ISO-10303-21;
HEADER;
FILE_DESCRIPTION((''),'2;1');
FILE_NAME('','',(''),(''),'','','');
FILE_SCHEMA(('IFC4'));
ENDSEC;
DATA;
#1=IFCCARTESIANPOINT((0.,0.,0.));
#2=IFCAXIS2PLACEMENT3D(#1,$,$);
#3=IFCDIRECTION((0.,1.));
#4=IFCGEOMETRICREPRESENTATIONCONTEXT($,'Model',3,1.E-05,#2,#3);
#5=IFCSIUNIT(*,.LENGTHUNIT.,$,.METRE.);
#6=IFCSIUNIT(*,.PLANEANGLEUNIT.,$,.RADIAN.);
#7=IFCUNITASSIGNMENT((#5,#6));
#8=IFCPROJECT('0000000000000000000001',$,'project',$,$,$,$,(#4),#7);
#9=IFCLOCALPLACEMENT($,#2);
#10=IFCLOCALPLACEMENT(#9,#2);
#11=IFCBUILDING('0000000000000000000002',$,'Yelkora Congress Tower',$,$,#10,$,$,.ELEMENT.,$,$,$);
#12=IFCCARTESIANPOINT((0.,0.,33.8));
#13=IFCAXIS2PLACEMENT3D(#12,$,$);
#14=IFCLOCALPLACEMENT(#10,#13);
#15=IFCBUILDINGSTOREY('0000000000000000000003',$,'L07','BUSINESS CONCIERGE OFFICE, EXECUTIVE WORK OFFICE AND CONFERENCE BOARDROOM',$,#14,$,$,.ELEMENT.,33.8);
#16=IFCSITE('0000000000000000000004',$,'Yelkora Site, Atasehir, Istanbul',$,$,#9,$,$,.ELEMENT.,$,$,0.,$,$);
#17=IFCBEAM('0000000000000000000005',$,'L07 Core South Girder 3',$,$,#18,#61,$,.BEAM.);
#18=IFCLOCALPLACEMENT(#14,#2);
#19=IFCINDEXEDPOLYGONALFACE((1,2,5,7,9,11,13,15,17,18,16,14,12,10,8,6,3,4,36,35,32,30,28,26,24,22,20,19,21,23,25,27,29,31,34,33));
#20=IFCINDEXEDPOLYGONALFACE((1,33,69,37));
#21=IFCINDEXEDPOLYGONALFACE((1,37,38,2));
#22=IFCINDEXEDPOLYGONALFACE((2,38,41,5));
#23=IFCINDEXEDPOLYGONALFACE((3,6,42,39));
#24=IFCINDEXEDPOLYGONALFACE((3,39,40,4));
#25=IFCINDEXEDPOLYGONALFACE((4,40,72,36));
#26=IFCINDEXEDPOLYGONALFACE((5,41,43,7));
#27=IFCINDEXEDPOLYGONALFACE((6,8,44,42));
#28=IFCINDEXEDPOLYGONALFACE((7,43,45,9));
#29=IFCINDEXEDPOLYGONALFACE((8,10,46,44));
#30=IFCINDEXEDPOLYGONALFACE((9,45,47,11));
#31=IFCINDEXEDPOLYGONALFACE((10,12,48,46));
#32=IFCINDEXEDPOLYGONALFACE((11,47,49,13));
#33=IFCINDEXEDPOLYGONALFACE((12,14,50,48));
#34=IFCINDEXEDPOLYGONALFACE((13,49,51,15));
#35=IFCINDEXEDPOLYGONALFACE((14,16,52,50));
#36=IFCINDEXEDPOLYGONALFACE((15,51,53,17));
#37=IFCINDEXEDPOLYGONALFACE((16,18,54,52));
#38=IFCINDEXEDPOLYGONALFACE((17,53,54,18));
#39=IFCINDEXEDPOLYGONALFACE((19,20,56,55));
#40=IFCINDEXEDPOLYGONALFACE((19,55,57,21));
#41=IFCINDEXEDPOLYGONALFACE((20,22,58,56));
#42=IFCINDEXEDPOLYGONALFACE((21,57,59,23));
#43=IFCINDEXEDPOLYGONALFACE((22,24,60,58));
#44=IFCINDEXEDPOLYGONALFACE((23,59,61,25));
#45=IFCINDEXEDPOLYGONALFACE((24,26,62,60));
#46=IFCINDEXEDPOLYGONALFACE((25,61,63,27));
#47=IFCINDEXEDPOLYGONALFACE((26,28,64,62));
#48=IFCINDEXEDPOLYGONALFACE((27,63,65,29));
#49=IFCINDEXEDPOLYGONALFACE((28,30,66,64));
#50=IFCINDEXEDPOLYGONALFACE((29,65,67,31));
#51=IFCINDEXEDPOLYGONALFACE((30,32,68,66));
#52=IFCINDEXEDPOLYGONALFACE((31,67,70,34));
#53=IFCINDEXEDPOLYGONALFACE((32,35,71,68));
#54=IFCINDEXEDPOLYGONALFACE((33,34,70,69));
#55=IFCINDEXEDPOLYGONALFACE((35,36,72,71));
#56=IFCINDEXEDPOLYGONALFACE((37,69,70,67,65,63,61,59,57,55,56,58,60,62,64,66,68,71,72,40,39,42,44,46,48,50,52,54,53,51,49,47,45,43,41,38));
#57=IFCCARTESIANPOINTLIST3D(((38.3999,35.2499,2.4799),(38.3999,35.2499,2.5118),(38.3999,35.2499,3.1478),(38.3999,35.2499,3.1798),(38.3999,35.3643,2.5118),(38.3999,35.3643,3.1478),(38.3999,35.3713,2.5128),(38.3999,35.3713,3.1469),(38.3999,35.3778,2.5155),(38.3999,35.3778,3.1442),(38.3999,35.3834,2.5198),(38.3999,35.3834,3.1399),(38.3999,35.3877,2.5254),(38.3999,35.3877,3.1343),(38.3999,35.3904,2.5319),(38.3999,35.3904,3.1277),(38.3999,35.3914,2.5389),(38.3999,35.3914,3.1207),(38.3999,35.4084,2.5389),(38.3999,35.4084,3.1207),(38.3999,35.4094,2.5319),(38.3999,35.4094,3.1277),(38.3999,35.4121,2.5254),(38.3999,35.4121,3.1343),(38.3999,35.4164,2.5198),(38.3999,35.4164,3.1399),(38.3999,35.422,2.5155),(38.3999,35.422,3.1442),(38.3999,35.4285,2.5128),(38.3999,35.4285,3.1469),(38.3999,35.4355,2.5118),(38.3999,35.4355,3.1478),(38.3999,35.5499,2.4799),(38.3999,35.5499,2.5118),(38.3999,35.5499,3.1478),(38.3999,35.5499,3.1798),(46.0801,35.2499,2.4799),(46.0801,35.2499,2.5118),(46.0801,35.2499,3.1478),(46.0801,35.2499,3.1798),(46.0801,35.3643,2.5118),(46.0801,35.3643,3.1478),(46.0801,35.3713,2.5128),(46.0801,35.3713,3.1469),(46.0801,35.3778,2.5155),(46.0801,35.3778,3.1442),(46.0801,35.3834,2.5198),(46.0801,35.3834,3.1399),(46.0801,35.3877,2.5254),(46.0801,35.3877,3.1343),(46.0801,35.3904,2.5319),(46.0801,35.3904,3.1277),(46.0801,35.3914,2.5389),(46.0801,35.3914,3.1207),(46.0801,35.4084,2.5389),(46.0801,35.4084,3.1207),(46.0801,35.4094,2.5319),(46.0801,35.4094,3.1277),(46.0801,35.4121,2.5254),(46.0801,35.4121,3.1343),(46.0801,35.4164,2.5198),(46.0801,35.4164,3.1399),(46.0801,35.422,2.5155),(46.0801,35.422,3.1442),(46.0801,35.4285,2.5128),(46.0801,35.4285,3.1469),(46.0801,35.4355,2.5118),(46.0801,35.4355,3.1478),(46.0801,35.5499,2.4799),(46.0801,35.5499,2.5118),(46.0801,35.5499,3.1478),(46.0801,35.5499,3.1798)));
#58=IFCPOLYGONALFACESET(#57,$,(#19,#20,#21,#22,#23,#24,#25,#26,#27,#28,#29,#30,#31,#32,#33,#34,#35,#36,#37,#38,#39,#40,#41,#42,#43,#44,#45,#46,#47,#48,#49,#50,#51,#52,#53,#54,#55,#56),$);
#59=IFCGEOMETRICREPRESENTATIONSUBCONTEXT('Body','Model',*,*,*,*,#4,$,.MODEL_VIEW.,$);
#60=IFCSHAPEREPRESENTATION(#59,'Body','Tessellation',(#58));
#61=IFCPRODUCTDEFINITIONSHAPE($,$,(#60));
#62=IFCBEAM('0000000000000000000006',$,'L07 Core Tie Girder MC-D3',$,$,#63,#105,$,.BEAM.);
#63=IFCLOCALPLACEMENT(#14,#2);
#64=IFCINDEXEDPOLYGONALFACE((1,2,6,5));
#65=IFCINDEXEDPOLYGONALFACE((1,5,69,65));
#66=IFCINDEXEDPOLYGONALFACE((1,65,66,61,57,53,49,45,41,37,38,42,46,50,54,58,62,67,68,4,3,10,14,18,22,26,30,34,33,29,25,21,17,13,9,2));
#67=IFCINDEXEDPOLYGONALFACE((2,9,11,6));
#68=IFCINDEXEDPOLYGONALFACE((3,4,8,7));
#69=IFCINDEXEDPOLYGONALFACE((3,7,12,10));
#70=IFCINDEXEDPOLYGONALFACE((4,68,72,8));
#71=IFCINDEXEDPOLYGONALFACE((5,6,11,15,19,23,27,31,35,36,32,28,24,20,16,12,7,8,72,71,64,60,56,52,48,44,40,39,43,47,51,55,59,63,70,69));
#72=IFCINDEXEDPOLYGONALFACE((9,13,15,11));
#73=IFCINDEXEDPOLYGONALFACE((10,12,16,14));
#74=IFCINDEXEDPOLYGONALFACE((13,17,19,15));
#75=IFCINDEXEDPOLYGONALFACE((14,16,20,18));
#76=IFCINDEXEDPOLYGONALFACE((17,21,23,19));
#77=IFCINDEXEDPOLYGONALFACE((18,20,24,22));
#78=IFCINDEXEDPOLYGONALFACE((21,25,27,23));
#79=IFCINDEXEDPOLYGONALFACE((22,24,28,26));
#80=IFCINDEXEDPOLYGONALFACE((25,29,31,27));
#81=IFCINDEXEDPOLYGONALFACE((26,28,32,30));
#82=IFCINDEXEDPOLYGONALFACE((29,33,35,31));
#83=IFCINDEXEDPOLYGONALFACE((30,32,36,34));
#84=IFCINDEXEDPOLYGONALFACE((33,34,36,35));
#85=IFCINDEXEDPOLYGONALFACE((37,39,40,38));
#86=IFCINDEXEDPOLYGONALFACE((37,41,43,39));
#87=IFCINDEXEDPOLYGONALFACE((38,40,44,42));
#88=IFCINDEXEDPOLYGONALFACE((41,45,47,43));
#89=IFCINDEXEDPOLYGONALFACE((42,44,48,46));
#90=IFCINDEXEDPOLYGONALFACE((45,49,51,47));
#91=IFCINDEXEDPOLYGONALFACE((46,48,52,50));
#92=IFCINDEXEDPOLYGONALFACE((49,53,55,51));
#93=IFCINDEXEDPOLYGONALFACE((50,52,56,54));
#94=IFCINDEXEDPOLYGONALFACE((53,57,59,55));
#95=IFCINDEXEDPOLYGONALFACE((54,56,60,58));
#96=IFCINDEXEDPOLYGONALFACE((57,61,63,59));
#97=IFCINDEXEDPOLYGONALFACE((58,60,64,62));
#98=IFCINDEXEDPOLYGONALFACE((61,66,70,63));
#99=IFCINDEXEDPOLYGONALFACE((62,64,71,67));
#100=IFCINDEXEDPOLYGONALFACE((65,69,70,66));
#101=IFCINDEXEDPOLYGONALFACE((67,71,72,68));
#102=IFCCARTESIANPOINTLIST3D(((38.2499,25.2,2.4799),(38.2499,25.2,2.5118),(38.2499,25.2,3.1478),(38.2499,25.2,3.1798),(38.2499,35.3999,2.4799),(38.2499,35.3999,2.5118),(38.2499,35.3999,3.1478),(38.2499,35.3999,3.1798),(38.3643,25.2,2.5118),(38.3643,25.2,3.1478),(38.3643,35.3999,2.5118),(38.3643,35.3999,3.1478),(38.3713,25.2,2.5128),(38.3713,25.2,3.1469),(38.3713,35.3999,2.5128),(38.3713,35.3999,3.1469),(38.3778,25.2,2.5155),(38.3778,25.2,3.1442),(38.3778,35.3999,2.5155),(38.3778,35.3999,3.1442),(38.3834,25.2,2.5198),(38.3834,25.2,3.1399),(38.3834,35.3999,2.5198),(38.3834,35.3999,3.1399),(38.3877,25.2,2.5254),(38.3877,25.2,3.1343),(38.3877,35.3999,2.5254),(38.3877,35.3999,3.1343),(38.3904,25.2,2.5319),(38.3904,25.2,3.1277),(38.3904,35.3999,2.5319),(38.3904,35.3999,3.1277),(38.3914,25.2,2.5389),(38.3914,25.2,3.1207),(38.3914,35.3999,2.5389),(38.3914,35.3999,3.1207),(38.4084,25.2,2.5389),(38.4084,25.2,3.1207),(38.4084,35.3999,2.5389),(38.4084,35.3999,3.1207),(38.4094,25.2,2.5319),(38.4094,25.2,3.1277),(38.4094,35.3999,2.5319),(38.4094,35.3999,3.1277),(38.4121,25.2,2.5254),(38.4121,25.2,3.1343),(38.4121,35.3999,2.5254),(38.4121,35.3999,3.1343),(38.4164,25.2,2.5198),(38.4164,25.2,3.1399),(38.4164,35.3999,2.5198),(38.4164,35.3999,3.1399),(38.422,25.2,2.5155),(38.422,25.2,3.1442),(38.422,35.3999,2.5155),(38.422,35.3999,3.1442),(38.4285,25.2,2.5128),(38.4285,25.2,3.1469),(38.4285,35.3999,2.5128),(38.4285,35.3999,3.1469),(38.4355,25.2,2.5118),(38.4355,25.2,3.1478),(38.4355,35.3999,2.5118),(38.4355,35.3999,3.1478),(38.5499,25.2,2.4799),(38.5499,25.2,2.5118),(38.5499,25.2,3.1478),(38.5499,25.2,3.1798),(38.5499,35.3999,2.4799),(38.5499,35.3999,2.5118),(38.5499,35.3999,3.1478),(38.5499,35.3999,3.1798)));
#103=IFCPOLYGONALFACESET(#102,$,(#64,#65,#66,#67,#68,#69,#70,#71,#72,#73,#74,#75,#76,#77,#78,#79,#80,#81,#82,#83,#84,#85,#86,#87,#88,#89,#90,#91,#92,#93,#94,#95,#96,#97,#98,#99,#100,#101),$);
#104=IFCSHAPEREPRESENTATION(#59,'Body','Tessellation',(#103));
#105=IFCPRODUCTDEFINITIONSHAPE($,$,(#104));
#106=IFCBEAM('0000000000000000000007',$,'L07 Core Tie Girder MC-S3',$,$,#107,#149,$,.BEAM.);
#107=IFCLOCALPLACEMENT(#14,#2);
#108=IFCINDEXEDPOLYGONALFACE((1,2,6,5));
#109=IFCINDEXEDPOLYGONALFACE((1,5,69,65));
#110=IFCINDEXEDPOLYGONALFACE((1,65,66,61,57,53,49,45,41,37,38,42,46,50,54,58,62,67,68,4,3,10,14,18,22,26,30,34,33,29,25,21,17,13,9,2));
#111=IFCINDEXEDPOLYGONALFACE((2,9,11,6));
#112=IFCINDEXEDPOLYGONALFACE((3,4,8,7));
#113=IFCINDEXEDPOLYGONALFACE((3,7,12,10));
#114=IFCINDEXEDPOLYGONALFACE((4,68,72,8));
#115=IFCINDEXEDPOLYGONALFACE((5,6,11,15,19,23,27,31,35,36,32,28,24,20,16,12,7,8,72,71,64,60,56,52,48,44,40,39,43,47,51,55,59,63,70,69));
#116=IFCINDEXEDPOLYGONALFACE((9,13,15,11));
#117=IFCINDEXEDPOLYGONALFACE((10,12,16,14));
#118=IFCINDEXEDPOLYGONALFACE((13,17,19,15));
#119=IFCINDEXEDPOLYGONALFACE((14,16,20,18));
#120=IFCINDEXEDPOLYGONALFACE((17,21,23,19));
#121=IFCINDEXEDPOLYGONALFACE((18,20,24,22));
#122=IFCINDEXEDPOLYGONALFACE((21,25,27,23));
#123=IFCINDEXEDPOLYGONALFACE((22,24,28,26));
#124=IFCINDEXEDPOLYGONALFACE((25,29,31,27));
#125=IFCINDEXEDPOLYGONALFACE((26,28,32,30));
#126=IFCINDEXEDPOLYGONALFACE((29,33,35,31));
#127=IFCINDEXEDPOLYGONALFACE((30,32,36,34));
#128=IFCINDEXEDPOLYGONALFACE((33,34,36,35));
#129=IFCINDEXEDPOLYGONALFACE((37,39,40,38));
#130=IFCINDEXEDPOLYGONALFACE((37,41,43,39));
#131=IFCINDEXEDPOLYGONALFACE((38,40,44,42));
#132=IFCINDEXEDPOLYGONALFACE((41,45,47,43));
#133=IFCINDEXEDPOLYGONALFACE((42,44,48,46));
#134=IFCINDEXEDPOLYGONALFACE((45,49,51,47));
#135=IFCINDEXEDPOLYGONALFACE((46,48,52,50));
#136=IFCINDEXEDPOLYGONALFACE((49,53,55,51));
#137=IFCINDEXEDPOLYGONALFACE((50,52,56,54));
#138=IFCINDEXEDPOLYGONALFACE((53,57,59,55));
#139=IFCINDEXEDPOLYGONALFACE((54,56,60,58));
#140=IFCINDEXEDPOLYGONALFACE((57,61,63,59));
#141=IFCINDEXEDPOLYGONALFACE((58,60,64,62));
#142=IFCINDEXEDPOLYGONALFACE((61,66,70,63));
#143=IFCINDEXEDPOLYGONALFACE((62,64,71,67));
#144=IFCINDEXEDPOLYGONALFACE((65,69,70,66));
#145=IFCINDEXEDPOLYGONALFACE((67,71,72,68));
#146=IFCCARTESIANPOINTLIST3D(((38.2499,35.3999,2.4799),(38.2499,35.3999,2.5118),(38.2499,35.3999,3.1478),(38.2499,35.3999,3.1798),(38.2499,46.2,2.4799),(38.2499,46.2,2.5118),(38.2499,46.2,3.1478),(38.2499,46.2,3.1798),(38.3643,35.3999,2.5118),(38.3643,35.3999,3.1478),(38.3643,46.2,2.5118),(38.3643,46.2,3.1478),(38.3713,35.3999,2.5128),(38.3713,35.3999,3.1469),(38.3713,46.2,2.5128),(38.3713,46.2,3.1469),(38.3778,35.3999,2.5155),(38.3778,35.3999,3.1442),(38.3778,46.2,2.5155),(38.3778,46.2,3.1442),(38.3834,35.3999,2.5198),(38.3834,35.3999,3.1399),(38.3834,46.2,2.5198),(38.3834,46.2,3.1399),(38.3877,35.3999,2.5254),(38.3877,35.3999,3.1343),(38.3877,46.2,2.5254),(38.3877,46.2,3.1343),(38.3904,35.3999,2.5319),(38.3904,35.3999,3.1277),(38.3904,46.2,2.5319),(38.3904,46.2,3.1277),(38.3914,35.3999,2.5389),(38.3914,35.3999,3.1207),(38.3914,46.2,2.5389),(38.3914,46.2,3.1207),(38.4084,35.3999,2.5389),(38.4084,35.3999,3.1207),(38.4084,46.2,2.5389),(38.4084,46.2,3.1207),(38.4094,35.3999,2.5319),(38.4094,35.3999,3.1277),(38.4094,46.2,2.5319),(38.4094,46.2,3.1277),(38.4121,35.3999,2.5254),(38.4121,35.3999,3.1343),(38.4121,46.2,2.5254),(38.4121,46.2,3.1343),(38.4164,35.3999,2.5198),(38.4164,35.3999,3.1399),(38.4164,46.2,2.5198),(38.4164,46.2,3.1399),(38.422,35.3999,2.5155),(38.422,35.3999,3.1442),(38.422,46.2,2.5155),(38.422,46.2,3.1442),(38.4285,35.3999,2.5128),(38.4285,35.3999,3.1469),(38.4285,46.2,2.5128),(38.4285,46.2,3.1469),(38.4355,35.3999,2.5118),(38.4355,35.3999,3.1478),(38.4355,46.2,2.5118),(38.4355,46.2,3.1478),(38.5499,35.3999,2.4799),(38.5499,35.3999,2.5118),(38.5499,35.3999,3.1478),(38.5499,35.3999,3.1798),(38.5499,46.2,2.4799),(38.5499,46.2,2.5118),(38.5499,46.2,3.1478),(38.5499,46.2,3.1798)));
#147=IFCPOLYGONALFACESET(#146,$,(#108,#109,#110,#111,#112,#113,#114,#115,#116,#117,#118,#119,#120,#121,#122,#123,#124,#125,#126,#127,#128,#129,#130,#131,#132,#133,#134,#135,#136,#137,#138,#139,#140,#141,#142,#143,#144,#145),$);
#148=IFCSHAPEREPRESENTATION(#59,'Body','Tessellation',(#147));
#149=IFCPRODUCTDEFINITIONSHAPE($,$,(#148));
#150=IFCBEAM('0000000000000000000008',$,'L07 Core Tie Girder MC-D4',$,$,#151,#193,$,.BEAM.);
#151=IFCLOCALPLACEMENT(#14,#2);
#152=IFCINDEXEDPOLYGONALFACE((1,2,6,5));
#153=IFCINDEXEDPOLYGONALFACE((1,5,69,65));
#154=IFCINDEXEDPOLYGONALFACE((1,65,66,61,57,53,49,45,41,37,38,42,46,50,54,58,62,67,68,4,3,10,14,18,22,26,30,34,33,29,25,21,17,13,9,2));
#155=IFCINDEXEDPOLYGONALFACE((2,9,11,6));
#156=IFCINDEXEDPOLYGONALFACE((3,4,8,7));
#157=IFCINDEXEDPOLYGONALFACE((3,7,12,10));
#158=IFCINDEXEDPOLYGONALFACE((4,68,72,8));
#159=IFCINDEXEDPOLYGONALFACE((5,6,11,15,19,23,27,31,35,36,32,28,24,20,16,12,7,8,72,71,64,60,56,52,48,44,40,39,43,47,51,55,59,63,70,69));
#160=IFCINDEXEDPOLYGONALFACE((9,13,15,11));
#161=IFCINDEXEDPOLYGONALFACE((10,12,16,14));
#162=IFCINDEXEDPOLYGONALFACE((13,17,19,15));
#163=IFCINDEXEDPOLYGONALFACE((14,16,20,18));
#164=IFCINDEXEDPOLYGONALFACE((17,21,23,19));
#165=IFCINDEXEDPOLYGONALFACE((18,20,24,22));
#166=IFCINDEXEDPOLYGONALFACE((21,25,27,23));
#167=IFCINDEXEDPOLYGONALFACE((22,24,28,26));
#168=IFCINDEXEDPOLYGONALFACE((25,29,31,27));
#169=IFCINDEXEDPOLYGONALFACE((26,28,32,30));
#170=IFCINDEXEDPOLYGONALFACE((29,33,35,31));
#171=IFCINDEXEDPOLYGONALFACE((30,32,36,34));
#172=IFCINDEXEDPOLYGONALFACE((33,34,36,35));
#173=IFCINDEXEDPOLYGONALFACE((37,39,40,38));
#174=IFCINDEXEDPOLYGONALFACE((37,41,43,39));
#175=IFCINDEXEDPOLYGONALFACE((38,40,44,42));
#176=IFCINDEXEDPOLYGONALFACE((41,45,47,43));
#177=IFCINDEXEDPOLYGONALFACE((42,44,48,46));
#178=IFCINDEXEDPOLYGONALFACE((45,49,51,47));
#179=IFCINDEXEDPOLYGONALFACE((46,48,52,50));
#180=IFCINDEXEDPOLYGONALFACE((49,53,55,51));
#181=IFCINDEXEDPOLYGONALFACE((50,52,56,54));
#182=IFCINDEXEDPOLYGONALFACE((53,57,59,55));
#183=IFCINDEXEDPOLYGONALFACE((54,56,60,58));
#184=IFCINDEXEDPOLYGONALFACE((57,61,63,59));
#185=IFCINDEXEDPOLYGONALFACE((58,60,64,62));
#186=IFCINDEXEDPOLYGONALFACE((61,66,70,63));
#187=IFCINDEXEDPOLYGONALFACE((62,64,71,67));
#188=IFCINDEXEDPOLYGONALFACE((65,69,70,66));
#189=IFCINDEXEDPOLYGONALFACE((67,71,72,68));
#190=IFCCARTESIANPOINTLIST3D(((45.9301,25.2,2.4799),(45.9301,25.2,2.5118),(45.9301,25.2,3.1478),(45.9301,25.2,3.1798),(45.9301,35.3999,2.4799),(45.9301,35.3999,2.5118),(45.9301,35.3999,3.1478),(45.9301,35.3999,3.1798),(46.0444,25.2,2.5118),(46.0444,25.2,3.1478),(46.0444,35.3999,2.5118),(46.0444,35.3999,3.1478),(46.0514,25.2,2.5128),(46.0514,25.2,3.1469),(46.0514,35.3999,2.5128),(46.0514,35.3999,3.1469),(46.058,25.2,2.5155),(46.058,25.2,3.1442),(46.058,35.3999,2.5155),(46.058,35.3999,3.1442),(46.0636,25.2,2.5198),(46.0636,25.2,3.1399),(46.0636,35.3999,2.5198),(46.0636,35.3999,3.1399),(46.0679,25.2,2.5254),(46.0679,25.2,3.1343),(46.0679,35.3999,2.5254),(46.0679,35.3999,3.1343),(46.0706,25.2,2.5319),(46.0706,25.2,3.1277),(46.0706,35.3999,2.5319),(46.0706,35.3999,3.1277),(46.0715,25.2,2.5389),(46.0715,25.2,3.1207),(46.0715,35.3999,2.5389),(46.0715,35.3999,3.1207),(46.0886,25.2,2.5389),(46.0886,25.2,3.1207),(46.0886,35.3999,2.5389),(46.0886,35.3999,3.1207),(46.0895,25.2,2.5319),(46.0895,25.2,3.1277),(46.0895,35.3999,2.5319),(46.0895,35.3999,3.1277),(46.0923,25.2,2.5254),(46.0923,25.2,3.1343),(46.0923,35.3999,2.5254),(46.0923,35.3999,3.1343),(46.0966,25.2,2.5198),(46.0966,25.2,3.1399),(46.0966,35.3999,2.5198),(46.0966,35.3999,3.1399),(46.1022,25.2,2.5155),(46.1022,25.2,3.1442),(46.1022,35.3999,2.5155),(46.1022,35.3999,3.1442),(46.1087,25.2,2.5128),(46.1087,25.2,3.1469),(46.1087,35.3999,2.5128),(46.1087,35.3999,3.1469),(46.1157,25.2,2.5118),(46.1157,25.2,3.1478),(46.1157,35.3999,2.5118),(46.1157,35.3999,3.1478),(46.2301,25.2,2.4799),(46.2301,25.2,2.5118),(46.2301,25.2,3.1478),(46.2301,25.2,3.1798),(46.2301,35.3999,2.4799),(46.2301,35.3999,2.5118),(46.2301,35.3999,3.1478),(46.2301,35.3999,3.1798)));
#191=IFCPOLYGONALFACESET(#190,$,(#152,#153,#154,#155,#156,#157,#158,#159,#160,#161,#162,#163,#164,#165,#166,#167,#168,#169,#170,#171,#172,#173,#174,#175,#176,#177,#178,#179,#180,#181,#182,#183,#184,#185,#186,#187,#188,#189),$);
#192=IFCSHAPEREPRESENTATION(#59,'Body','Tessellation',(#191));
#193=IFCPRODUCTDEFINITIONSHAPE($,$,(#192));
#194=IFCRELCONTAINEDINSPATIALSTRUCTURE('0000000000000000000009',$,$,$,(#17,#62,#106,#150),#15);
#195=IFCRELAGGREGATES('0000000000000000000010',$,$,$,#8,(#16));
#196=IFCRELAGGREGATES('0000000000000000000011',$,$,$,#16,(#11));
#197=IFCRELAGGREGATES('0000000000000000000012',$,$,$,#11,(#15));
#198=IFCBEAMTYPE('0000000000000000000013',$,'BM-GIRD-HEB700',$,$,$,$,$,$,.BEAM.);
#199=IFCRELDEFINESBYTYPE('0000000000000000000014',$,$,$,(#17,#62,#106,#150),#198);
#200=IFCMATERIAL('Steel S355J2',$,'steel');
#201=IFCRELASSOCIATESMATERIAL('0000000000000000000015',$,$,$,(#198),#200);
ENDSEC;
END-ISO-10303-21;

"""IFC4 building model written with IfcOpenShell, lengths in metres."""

from ifc_helpers import new_model, si_unit, direction, frame, origin, origin_2d, place, context, subcontext, project, spatial, i_section, extrude, material, material_profile, profile_set, type_object, element, save


model = new_model("IFC4")

# Units and contexts
model_context = context("Model", 3, precision=1e-05, world=origin(), true_north=direction((0.0, 1.0)))
body_context = subcontext(model_context, "Body", "Model", "MODEL_VIEW")
ifc_project = project(units=[si_unit("LENGTHUNIT", "METRE"), si_unit("PLANEANGLEUNIT", "RADIAN")], contexts=[model_context])

# Site, building, storey
site_placement = place(None, origin())
site = spatial("IfcSite", under=ifc_project, at=site_placement, Name="Yelkora Site, Atasehir, Istanbul", CompositionType="ELEMENT", RefElevation=0.0)
building_placement = place(site_placement, origin())
building = spatial("IfcBuilding", under=site, at=building_placement, Name="Yelkora Congress Tower", CompositionType="ELEMENT")
storey_placement = place(building_placement, frame((0.0, 0.0, 33.8)))
storey = spatial("IfcBuildingStorey", under=building, at=storey_placement, Name="L07", Description="BUSINESS CONCIERGE OFFICE, EXECUTIVE WORK OFFICE AND CONFERENCE BOARDROOM", CompositionType="ELEMENT", Elevation=33.8)

# Beams
ifc_material_1 = material(Name="Steel S355J2", Category="steel")
ifc_material_profile_1 = material_profile(ifc_material_1, i_section(OverallWidth=0.3, OverallDepth=0.7, WebThickness=0.0171, FlangeThickness=0.032, FilletRadius=0.0271, at=origin_2d()), Name="HEB 700")
ifc_profile_set_1 = profile_set([ifc_material_profile_1], Name="Steel S355J2")
beam_type_1 = type_object("IfcBeamType", Name="BM-GIRD-HEB700", PredefinedType="BEAM", material=ifc_profile_set_1)
beam_1_placement = place(storey_placement, frame((38.3999, 35.3999, 2.8298), z_axis=(1.0, 0.0, 0.0), x_axis=(0.0, 1.0, 0.0)))
element("IfcBeam", 1, at=beam_1_placement, inside=storey, type_object=beam_type_1, Name="L07 Core South Girder 3", PredefinedType="BEAM", context=body_context, shape_type="SweptSolid", body=[
    extrude(i_section(OverallWidth=0.3, OverallDepth=0.7, WebThickness=0.0171, FlangeThickness=0.032, FilletRadius=0.0271, at=origin_2d()), origin(), (0.0, 0.0, 1.0), 7.6802),
])
beam_2_placement = place(storey_placement, frame((38.3999, 25.2, 2.8298), z_axis=(0.0, 1.0, 0.0), x_axis=(-1.0, 0.0, 0.0)))
element("IfcBeam", 2, at=beam_2_placement, inside=storey, type_object=beam_type_1, Name="L07 Core Tie Girder MC-D3", PredefinedType="BEAM", context=body_context, shape_type="SweptSolid", body=[
    extrude(i_section(OverallWidth=0.3, OverallDepth=0.7, WebThickness=0.0171, FlangeThickness=0.032, FilletRadius=0.0271, at=origin_2d()), origin(), (0.0, 0.0, 1.0), 10.2),
])
beam_3_placement = place(storey_placement, frame((38.3999, 35.3999, 2.8298), z_axis=(0.0, 1.0, 0.0), x_axis=(-1.0, 0.0, 0.0)))
element("IfcBeam", 3, at=beam_3_placement, inside=storey, type_object=beam_type_1, Name="L07 Core Tie Girder MC-S3", PredefinedType="BEAM", context=body_context, shape_type="SweptSolid", body=[
    extrude(i_section(OverallWidth=0.3, OverallDepth=0.7, WebThickness=0.0171, FlangeThickness=0.032, FilletRadius=0.0271, at=origin_2d()), origin(), (0.0, 0.0, 1.0), 10.8),
])
for number, where, z_axis, x_axis, name in (
    (4, (46.0801, 25.2, 2.8298), (0.0, 1.0, 0.0), (-1.0, 0.0, 0.0), "L07 Core Tie Girder MC-D4"),
):
    element("IfcBeam", number, at=place(storey_placement, frame(where, z_axis=z_axis, x_axis=x_axis)), inside=storey, type_object=beam_type_1, Name=name, PredefinedType="BEAM", context=body_context, shape_type="SweptSolid", body=[
        extrude(i_section(OverallWidth=0.3, OverallDepth=0.7, WebThickness=0.0171, FlangeThickness=0.032, FilletRadius=0.0271, at=origin_2d()), origin(), (0.0, 0.0, 1.0), 10.2),
    ])

save(model, "model.ifc")
